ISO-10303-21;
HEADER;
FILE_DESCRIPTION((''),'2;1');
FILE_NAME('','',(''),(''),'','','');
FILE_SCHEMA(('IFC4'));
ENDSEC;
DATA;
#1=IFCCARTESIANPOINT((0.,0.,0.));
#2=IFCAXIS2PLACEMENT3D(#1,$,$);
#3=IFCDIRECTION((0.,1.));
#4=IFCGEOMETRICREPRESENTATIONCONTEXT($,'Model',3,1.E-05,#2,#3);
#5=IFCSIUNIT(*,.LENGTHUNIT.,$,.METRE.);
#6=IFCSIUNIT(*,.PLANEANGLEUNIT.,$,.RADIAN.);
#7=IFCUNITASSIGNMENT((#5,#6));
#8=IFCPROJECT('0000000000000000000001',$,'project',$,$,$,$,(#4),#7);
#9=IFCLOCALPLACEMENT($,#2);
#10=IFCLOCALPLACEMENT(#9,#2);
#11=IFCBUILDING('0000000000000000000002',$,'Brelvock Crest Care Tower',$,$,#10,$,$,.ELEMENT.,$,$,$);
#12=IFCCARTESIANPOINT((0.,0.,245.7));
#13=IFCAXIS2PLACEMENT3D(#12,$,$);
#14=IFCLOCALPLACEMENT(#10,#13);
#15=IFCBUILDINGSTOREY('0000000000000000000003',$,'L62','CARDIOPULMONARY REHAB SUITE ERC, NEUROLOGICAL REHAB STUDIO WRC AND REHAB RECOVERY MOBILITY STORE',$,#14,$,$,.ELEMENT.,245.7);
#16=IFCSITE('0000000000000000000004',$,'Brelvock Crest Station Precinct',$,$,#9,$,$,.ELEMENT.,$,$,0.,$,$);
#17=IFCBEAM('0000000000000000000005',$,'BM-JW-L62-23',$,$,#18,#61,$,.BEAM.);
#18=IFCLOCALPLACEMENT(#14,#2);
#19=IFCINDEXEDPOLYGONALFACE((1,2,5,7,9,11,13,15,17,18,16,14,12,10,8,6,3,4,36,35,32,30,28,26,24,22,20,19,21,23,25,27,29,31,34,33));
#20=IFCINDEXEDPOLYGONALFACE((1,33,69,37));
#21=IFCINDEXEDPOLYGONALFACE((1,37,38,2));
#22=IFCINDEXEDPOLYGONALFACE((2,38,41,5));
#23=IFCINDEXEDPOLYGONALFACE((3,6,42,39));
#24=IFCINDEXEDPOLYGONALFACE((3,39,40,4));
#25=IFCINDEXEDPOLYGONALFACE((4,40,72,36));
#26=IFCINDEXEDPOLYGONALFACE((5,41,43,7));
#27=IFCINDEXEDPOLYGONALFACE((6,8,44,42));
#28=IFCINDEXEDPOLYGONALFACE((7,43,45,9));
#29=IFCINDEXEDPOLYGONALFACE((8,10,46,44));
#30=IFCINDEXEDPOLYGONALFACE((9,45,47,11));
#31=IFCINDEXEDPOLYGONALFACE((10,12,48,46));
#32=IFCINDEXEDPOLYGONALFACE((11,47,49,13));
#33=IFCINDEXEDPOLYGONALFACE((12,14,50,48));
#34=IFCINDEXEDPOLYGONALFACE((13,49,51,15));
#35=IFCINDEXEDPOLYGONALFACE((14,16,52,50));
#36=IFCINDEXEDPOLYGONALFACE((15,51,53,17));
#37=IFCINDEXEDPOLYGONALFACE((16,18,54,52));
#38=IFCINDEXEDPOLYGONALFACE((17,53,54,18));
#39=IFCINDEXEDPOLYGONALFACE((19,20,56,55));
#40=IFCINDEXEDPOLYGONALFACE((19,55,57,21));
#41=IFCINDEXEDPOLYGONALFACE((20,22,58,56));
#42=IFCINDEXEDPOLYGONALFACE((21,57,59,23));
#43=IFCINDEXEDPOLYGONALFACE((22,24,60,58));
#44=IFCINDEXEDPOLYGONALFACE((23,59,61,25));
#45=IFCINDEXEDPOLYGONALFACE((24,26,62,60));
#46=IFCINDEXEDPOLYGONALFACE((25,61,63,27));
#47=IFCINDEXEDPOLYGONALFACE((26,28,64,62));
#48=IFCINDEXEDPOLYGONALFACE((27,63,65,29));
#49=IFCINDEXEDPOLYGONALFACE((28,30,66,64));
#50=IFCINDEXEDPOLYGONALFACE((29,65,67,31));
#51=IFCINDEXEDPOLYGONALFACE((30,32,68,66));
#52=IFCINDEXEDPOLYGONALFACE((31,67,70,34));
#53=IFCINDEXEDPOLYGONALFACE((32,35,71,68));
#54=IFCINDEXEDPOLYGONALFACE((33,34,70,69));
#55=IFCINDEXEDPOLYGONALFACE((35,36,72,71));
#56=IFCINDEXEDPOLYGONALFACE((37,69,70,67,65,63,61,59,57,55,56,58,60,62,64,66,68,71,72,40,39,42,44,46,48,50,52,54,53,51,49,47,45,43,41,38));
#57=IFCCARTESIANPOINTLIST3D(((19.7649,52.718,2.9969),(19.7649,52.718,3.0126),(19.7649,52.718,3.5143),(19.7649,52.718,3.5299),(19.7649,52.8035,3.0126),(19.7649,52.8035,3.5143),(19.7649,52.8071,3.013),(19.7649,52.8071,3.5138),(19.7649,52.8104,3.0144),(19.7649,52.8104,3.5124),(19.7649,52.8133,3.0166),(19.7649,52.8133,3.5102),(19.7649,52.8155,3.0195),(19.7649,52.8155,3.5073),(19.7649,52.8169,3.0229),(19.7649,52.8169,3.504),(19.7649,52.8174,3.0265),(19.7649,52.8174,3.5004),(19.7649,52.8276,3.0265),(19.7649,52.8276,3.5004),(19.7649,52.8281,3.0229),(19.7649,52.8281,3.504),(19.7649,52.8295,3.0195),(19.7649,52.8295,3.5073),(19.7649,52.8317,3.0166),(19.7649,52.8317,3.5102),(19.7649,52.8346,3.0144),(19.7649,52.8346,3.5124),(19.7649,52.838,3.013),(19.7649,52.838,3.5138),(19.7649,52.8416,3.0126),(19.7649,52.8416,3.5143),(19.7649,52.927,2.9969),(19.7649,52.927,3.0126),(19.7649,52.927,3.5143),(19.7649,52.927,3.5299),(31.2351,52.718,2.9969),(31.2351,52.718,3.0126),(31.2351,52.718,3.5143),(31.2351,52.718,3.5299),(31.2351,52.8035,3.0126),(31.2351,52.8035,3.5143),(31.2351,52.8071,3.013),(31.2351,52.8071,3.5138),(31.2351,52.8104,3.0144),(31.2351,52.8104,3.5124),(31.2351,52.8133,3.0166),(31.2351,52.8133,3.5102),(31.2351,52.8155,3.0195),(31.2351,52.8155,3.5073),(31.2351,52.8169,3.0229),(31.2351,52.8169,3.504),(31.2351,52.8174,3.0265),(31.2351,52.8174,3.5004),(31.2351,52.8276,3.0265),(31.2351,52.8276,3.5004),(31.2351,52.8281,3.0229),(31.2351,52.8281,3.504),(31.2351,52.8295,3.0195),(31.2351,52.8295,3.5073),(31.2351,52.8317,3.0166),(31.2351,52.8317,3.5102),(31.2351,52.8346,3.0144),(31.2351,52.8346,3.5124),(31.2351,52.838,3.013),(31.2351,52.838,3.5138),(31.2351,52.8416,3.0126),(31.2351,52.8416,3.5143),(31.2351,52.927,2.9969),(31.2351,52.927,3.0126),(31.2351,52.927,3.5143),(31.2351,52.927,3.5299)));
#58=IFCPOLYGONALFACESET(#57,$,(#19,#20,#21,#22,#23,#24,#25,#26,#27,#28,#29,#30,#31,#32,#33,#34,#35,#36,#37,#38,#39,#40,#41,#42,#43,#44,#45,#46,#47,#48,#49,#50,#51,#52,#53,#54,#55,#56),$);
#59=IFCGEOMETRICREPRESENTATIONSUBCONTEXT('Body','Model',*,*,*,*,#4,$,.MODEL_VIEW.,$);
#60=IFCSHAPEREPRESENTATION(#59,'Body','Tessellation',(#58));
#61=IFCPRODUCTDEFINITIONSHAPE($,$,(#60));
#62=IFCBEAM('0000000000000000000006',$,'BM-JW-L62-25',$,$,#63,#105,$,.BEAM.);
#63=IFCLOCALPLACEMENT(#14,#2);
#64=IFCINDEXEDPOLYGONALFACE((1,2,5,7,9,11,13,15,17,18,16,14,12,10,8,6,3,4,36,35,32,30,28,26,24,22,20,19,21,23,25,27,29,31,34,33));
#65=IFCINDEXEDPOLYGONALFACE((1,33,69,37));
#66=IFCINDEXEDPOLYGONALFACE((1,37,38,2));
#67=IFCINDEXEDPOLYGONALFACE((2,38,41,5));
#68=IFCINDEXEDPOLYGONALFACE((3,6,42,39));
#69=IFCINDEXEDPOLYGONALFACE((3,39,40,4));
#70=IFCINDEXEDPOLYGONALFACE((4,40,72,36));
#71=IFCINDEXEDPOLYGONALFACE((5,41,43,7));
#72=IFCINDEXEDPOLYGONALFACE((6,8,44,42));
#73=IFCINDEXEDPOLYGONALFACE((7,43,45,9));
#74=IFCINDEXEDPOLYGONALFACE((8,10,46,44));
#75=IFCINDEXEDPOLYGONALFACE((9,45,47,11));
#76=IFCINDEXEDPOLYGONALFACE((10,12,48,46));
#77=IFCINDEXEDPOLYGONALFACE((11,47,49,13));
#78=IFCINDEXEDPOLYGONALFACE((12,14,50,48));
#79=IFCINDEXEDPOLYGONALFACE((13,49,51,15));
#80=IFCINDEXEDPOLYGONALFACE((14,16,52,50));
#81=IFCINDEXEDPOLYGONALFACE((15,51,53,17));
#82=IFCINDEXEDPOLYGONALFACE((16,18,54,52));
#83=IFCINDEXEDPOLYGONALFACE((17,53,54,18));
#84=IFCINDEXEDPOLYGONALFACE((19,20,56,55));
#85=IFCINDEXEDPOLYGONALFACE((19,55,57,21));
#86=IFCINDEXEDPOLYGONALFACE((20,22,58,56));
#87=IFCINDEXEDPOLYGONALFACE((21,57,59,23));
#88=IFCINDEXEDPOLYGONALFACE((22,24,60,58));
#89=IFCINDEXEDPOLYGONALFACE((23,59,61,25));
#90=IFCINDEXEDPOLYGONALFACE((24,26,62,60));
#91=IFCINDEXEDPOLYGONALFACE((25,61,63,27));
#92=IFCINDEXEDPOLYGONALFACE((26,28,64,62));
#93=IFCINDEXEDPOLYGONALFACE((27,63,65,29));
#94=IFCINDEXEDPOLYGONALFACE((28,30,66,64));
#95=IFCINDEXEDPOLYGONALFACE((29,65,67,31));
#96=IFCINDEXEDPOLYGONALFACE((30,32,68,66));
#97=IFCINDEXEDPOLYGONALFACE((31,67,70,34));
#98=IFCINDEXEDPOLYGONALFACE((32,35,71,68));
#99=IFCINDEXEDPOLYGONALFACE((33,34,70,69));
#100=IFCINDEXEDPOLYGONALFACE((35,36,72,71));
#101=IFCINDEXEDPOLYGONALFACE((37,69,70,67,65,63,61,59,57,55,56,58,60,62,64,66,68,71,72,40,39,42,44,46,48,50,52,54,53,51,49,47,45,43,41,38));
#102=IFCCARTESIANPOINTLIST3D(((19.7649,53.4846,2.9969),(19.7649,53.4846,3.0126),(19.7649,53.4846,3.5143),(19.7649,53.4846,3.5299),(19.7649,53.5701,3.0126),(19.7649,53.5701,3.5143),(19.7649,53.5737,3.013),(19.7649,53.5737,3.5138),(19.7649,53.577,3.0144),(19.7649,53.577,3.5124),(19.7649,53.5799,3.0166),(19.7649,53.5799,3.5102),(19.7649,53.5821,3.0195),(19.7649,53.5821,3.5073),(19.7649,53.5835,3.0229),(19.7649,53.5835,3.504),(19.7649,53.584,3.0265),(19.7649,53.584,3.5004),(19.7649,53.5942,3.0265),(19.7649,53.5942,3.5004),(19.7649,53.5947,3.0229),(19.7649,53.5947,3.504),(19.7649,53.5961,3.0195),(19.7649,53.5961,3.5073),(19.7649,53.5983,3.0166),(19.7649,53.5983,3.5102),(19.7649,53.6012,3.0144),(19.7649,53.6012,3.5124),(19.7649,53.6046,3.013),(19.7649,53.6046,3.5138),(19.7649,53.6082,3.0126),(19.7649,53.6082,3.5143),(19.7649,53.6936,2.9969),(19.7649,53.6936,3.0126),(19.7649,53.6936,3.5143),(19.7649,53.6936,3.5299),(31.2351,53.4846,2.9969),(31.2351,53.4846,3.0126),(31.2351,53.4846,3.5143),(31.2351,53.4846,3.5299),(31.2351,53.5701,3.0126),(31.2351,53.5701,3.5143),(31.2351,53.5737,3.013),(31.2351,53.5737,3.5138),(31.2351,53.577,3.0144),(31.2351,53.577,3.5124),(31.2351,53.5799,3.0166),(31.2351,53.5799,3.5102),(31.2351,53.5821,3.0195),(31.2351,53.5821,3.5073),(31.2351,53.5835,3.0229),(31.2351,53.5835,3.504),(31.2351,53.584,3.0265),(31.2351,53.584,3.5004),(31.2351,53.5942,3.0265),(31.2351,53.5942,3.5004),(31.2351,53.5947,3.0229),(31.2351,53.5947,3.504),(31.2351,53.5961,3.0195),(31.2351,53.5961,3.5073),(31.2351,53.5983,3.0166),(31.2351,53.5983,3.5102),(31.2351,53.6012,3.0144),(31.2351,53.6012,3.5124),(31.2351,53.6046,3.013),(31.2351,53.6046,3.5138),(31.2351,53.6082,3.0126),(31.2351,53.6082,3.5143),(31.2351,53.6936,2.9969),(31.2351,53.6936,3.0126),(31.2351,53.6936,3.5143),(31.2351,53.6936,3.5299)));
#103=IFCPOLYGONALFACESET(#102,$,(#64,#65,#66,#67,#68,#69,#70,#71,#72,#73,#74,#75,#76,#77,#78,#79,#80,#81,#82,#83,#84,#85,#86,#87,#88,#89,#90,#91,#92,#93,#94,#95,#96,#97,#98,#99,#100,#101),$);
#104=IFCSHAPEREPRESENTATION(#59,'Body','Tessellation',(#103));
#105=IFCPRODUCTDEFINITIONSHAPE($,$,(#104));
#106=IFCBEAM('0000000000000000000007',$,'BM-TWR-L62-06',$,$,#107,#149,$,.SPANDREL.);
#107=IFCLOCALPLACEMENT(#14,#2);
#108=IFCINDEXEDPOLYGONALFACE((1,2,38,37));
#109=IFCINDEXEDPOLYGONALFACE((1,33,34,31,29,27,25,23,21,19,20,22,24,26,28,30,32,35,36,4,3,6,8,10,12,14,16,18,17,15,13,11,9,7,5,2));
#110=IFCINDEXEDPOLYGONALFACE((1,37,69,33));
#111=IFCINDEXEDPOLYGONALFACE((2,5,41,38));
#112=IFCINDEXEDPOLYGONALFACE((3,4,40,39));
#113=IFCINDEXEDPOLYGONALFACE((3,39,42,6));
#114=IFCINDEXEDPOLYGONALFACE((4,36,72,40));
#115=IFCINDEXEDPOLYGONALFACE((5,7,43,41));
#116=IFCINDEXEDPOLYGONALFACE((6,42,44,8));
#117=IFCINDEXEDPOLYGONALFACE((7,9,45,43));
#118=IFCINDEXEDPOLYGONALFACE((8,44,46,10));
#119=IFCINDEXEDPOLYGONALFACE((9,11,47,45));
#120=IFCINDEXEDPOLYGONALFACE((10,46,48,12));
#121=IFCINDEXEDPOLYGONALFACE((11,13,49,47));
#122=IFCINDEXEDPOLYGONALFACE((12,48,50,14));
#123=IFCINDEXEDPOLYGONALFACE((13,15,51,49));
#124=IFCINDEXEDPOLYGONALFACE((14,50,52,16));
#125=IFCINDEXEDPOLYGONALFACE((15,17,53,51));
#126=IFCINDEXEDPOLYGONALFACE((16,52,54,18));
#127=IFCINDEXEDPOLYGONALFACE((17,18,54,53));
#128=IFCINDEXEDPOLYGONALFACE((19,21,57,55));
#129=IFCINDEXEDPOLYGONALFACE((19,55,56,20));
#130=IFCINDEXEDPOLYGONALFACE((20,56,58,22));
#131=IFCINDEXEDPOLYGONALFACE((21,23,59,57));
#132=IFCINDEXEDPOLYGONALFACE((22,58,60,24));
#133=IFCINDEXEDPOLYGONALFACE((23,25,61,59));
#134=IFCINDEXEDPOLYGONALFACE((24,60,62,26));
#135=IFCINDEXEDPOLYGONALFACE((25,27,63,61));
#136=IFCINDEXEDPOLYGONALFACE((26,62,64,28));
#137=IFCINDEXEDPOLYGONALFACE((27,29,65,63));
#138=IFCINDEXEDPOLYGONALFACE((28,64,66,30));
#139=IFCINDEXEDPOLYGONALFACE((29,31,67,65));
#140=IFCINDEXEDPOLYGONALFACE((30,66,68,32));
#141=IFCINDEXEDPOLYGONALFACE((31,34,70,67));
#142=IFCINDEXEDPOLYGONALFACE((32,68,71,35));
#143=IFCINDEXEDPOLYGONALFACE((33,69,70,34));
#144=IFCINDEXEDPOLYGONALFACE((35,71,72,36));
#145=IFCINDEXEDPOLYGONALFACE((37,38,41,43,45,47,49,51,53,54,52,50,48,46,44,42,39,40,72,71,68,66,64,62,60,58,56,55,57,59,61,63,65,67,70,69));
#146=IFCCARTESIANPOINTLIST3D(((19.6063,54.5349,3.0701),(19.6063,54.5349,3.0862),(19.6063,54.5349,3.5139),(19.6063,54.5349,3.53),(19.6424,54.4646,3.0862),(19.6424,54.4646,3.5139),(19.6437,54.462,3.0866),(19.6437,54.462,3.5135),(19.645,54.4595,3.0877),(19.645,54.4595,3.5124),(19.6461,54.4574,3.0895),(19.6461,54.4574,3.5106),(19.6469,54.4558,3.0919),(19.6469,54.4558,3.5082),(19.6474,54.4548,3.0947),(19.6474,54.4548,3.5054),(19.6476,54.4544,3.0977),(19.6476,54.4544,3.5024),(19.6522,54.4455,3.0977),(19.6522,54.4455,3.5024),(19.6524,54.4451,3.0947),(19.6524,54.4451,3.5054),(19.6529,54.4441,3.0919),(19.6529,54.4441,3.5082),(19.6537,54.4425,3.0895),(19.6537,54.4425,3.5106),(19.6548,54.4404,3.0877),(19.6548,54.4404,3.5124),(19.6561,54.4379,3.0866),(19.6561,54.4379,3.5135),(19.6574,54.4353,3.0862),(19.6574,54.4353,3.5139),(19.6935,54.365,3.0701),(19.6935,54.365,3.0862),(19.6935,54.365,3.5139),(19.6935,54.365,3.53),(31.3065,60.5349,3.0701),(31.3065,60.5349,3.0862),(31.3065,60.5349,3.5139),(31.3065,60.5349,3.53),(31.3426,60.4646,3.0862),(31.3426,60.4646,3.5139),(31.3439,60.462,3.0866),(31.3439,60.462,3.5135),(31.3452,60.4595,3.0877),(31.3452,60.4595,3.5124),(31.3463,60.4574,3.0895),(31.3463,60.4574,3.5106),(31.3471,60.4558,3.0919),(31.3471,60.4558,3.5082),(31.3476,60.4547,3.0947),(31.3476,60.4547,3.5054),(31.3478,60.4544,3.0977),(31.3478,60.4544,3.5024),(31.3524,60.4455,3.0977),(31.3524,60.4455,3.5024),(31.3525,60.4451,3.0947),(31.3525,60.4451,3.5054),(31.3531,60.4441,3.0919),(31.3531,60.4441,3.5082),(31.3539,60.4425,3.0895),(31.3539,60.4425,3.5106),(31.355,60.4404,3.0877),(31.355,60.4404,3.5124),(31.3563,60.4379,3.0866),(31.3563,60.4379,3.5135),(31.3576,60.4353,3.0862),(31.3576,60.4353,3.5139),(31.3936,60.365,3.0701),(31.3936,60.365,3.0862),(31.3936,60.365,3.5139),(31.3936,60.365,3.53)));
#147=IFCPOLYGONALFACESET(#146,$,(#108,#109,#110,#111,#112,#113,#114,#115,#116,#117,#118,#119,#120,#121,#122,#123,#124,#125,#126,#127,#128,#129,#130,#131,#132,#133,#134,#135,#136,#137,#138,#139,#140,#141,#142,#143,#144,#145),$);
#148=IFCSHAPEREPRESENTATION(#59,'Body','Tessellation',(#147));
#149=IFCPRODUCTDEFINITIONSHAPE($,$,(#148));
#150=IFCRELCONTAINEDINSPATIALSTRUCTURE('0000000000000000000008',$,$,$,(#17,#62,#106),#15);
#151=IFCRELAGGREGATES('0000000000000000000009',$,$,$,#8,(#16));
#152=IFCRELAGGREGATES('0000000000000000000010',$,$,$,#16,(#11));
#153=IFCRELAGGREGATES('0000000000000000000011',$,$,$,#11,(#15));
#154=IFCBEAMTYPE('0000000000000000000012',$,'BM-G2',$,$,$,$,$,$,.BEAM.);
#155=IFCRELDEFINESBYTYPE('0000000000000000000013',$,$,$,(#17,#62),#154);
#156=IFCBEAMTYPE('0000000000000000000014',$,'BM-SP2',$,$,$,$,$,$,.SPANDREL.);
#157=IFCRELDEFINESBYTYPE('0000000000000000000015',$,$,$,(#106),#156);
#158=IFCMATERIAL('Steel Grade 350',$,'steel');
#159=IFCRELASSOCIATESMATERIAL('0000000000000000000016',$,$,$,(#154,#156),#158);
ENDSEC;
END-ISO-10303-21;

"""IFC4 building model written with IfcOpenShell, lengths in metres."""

from ifc_helpers import new_model, si_unit, direction, frame, origin, origin_2d, place, context, subcontext, project, spatial, i_section, extrude, source, transform, mapped, material, material_profile, profile_set, type_object, element, save


model = new_model("IFC4")

# Units and contexts
model_context = context("Model", 3, precision=1e-05, world=origin(), true_north=direction((0.0, 1.0)))
body_context = subcontext(model_context, "Body", "Model", "MODEL_VIEW")
ifc_project = project(units=[si_unit("LENGTHUNIT", "METRE"), si_unit("PLANEANGLEUNIT", "RADIAN")], contexts=[model_context])

# Site, building, storey
site_placement = place(None, origin())
site = spatial("IfcSite", under=ifc_project, at=site_placement, Name="Brelvock Crest Station Precinct", CompositionType="ELEMENT", RefElevation=0.0)
building_placement = place(site_placement, origin())
building = spatial("IfcBuilding", under=site, at=building_placement, Name="Brelvock Crest Care Tower", CompositionType="ELEMENT")
storey_placement = place(building_placement, frame((0.0, 0.0, 245.7)))
storey = spatial("IfcBuildingStorey", under=building, at=storey_placement, Name="L62", Description="CARDIOPULMONARY REHAB SUITE ERC, NEUROLOGICAL REHAB STUDIO WRC AND REHAB RECOVERY MOBILITY STORE", CompositionType="ELEMENT", Elevation=245.7)

# Shared definitions
ifc_material_1 = material(Name="Steel Grade 350", Category="steel")

# Beams
ifc_material_profile_1 = material_profile(ifc_material_1, i_section(OverallWidth=0.209, OverallDepth=0.533, WebThickness=0.0103, FlangeThickness=0.0156, FilletRadius=0.0139, at=origin_2d()), Name="530UB92.4")
ifc_profile_set_1 = profile_set([ifc_material_profile_1], Name="Steel Grade 350")
beam_type_1 = type_object("IfcBeamType", Name="BM-G2", PredefinedType="BEAM", material=ifc_profile_set_1)
shared_shape_1 = source(origin(), body_context, "Body", "SweptSolid", [
    extrude(i_section(OverallWidth=0.209, OverallDepth=0.533, WebThickness=0.0103, FlangeThickness=0.0156, FilletRadius=0.0139, at=origin_2d()), origin(), (0.0, 0.0, 1.0), 11.4702),
])
for number, where, z_axis, x_axis, name in (
    (1, (19.7649, 52.8225, 3.2634), (1.0, 0.0, 0.0), (0.0, 1.0, 0.0), "BM-JW-L62-23"),
    (2, (19.7649, 53.5891, 3.2634), (1.0, 0.0, 0.0), (0.0, 1.0, 0.0), "BM-JW-L62-25"),
):
    element("IfcBeam", number, at=place(storey_placement, frame(where, z_axis=z_axis, x_axis=x_axis)), inside=storey, type_object=beam_type_1, Name=name, PredefinedType="BEAM", context=body_context, shape_type="MappedRepresentation", body=[
        mapped(shared_shape_1, transform((0.0, 0.0, 0.0), x_axis=(1.0, 0.0, 0.0), y_axis=(0.0, 1.0, 0.0), z_axis=(0.0, 0.0, 1.0), scale=1.0)),
    ])
ifc_material_profile_2 = material_profile(ifc_material_1, i_section(OverallWidth=0.1909, OverallDepth=0.46, WebThickness=0.01, FlangeThickness=0.0161, FilletRadius=0.0115, at=origin_2d()), Name="460UB82.1")
ifc_profile_set_2 = profile_set([ifc_material_profile_2], Name="Steel Grade 350")
beam_type_2 = type_object("IfcBeamType", Name="BM-SP2", PredefinedType="SPANDREL", material=ifc_profile_set_2)
shared_shape_2 = source(origin(), body_context, "Body", "SweptSolid", [
    extrude(i_section(OverallWidth=0.1909, OverallDepth=0.46, WebThickness=0.01, FlangeThickness=0.0161, FilletRadius=0.0115, at=origin_2d()), origin(), (0.0, 0.0, 1.0), 13.1489),
])
beam_1_placement = place(storey_placement, frame((19.6499, 54.45, 3.3), z_axis=(0.889821, 0.456311, 0.0), x_axis=(-0.456311, 0.889821, 0.0)))
element("IfcBeam", 3, at=beam_1_placement, inside=storey, type_object=beam_type_2, Name="BM-TWR-L62-06", PredefinedType="SPANDREL", context=body_context, shape_type="MappedRepresentation", body=[
    mapped(shared_shape_2, transform((0.0, 0.0, 0.0), x_axis=(1.0, 0.0, 0.0), y_axis=(0.0, 1.0, 0.0), z_axis=(0.0, 0.0, 1.0), scale=1.0)),
])

save(model, "model.ifc")
